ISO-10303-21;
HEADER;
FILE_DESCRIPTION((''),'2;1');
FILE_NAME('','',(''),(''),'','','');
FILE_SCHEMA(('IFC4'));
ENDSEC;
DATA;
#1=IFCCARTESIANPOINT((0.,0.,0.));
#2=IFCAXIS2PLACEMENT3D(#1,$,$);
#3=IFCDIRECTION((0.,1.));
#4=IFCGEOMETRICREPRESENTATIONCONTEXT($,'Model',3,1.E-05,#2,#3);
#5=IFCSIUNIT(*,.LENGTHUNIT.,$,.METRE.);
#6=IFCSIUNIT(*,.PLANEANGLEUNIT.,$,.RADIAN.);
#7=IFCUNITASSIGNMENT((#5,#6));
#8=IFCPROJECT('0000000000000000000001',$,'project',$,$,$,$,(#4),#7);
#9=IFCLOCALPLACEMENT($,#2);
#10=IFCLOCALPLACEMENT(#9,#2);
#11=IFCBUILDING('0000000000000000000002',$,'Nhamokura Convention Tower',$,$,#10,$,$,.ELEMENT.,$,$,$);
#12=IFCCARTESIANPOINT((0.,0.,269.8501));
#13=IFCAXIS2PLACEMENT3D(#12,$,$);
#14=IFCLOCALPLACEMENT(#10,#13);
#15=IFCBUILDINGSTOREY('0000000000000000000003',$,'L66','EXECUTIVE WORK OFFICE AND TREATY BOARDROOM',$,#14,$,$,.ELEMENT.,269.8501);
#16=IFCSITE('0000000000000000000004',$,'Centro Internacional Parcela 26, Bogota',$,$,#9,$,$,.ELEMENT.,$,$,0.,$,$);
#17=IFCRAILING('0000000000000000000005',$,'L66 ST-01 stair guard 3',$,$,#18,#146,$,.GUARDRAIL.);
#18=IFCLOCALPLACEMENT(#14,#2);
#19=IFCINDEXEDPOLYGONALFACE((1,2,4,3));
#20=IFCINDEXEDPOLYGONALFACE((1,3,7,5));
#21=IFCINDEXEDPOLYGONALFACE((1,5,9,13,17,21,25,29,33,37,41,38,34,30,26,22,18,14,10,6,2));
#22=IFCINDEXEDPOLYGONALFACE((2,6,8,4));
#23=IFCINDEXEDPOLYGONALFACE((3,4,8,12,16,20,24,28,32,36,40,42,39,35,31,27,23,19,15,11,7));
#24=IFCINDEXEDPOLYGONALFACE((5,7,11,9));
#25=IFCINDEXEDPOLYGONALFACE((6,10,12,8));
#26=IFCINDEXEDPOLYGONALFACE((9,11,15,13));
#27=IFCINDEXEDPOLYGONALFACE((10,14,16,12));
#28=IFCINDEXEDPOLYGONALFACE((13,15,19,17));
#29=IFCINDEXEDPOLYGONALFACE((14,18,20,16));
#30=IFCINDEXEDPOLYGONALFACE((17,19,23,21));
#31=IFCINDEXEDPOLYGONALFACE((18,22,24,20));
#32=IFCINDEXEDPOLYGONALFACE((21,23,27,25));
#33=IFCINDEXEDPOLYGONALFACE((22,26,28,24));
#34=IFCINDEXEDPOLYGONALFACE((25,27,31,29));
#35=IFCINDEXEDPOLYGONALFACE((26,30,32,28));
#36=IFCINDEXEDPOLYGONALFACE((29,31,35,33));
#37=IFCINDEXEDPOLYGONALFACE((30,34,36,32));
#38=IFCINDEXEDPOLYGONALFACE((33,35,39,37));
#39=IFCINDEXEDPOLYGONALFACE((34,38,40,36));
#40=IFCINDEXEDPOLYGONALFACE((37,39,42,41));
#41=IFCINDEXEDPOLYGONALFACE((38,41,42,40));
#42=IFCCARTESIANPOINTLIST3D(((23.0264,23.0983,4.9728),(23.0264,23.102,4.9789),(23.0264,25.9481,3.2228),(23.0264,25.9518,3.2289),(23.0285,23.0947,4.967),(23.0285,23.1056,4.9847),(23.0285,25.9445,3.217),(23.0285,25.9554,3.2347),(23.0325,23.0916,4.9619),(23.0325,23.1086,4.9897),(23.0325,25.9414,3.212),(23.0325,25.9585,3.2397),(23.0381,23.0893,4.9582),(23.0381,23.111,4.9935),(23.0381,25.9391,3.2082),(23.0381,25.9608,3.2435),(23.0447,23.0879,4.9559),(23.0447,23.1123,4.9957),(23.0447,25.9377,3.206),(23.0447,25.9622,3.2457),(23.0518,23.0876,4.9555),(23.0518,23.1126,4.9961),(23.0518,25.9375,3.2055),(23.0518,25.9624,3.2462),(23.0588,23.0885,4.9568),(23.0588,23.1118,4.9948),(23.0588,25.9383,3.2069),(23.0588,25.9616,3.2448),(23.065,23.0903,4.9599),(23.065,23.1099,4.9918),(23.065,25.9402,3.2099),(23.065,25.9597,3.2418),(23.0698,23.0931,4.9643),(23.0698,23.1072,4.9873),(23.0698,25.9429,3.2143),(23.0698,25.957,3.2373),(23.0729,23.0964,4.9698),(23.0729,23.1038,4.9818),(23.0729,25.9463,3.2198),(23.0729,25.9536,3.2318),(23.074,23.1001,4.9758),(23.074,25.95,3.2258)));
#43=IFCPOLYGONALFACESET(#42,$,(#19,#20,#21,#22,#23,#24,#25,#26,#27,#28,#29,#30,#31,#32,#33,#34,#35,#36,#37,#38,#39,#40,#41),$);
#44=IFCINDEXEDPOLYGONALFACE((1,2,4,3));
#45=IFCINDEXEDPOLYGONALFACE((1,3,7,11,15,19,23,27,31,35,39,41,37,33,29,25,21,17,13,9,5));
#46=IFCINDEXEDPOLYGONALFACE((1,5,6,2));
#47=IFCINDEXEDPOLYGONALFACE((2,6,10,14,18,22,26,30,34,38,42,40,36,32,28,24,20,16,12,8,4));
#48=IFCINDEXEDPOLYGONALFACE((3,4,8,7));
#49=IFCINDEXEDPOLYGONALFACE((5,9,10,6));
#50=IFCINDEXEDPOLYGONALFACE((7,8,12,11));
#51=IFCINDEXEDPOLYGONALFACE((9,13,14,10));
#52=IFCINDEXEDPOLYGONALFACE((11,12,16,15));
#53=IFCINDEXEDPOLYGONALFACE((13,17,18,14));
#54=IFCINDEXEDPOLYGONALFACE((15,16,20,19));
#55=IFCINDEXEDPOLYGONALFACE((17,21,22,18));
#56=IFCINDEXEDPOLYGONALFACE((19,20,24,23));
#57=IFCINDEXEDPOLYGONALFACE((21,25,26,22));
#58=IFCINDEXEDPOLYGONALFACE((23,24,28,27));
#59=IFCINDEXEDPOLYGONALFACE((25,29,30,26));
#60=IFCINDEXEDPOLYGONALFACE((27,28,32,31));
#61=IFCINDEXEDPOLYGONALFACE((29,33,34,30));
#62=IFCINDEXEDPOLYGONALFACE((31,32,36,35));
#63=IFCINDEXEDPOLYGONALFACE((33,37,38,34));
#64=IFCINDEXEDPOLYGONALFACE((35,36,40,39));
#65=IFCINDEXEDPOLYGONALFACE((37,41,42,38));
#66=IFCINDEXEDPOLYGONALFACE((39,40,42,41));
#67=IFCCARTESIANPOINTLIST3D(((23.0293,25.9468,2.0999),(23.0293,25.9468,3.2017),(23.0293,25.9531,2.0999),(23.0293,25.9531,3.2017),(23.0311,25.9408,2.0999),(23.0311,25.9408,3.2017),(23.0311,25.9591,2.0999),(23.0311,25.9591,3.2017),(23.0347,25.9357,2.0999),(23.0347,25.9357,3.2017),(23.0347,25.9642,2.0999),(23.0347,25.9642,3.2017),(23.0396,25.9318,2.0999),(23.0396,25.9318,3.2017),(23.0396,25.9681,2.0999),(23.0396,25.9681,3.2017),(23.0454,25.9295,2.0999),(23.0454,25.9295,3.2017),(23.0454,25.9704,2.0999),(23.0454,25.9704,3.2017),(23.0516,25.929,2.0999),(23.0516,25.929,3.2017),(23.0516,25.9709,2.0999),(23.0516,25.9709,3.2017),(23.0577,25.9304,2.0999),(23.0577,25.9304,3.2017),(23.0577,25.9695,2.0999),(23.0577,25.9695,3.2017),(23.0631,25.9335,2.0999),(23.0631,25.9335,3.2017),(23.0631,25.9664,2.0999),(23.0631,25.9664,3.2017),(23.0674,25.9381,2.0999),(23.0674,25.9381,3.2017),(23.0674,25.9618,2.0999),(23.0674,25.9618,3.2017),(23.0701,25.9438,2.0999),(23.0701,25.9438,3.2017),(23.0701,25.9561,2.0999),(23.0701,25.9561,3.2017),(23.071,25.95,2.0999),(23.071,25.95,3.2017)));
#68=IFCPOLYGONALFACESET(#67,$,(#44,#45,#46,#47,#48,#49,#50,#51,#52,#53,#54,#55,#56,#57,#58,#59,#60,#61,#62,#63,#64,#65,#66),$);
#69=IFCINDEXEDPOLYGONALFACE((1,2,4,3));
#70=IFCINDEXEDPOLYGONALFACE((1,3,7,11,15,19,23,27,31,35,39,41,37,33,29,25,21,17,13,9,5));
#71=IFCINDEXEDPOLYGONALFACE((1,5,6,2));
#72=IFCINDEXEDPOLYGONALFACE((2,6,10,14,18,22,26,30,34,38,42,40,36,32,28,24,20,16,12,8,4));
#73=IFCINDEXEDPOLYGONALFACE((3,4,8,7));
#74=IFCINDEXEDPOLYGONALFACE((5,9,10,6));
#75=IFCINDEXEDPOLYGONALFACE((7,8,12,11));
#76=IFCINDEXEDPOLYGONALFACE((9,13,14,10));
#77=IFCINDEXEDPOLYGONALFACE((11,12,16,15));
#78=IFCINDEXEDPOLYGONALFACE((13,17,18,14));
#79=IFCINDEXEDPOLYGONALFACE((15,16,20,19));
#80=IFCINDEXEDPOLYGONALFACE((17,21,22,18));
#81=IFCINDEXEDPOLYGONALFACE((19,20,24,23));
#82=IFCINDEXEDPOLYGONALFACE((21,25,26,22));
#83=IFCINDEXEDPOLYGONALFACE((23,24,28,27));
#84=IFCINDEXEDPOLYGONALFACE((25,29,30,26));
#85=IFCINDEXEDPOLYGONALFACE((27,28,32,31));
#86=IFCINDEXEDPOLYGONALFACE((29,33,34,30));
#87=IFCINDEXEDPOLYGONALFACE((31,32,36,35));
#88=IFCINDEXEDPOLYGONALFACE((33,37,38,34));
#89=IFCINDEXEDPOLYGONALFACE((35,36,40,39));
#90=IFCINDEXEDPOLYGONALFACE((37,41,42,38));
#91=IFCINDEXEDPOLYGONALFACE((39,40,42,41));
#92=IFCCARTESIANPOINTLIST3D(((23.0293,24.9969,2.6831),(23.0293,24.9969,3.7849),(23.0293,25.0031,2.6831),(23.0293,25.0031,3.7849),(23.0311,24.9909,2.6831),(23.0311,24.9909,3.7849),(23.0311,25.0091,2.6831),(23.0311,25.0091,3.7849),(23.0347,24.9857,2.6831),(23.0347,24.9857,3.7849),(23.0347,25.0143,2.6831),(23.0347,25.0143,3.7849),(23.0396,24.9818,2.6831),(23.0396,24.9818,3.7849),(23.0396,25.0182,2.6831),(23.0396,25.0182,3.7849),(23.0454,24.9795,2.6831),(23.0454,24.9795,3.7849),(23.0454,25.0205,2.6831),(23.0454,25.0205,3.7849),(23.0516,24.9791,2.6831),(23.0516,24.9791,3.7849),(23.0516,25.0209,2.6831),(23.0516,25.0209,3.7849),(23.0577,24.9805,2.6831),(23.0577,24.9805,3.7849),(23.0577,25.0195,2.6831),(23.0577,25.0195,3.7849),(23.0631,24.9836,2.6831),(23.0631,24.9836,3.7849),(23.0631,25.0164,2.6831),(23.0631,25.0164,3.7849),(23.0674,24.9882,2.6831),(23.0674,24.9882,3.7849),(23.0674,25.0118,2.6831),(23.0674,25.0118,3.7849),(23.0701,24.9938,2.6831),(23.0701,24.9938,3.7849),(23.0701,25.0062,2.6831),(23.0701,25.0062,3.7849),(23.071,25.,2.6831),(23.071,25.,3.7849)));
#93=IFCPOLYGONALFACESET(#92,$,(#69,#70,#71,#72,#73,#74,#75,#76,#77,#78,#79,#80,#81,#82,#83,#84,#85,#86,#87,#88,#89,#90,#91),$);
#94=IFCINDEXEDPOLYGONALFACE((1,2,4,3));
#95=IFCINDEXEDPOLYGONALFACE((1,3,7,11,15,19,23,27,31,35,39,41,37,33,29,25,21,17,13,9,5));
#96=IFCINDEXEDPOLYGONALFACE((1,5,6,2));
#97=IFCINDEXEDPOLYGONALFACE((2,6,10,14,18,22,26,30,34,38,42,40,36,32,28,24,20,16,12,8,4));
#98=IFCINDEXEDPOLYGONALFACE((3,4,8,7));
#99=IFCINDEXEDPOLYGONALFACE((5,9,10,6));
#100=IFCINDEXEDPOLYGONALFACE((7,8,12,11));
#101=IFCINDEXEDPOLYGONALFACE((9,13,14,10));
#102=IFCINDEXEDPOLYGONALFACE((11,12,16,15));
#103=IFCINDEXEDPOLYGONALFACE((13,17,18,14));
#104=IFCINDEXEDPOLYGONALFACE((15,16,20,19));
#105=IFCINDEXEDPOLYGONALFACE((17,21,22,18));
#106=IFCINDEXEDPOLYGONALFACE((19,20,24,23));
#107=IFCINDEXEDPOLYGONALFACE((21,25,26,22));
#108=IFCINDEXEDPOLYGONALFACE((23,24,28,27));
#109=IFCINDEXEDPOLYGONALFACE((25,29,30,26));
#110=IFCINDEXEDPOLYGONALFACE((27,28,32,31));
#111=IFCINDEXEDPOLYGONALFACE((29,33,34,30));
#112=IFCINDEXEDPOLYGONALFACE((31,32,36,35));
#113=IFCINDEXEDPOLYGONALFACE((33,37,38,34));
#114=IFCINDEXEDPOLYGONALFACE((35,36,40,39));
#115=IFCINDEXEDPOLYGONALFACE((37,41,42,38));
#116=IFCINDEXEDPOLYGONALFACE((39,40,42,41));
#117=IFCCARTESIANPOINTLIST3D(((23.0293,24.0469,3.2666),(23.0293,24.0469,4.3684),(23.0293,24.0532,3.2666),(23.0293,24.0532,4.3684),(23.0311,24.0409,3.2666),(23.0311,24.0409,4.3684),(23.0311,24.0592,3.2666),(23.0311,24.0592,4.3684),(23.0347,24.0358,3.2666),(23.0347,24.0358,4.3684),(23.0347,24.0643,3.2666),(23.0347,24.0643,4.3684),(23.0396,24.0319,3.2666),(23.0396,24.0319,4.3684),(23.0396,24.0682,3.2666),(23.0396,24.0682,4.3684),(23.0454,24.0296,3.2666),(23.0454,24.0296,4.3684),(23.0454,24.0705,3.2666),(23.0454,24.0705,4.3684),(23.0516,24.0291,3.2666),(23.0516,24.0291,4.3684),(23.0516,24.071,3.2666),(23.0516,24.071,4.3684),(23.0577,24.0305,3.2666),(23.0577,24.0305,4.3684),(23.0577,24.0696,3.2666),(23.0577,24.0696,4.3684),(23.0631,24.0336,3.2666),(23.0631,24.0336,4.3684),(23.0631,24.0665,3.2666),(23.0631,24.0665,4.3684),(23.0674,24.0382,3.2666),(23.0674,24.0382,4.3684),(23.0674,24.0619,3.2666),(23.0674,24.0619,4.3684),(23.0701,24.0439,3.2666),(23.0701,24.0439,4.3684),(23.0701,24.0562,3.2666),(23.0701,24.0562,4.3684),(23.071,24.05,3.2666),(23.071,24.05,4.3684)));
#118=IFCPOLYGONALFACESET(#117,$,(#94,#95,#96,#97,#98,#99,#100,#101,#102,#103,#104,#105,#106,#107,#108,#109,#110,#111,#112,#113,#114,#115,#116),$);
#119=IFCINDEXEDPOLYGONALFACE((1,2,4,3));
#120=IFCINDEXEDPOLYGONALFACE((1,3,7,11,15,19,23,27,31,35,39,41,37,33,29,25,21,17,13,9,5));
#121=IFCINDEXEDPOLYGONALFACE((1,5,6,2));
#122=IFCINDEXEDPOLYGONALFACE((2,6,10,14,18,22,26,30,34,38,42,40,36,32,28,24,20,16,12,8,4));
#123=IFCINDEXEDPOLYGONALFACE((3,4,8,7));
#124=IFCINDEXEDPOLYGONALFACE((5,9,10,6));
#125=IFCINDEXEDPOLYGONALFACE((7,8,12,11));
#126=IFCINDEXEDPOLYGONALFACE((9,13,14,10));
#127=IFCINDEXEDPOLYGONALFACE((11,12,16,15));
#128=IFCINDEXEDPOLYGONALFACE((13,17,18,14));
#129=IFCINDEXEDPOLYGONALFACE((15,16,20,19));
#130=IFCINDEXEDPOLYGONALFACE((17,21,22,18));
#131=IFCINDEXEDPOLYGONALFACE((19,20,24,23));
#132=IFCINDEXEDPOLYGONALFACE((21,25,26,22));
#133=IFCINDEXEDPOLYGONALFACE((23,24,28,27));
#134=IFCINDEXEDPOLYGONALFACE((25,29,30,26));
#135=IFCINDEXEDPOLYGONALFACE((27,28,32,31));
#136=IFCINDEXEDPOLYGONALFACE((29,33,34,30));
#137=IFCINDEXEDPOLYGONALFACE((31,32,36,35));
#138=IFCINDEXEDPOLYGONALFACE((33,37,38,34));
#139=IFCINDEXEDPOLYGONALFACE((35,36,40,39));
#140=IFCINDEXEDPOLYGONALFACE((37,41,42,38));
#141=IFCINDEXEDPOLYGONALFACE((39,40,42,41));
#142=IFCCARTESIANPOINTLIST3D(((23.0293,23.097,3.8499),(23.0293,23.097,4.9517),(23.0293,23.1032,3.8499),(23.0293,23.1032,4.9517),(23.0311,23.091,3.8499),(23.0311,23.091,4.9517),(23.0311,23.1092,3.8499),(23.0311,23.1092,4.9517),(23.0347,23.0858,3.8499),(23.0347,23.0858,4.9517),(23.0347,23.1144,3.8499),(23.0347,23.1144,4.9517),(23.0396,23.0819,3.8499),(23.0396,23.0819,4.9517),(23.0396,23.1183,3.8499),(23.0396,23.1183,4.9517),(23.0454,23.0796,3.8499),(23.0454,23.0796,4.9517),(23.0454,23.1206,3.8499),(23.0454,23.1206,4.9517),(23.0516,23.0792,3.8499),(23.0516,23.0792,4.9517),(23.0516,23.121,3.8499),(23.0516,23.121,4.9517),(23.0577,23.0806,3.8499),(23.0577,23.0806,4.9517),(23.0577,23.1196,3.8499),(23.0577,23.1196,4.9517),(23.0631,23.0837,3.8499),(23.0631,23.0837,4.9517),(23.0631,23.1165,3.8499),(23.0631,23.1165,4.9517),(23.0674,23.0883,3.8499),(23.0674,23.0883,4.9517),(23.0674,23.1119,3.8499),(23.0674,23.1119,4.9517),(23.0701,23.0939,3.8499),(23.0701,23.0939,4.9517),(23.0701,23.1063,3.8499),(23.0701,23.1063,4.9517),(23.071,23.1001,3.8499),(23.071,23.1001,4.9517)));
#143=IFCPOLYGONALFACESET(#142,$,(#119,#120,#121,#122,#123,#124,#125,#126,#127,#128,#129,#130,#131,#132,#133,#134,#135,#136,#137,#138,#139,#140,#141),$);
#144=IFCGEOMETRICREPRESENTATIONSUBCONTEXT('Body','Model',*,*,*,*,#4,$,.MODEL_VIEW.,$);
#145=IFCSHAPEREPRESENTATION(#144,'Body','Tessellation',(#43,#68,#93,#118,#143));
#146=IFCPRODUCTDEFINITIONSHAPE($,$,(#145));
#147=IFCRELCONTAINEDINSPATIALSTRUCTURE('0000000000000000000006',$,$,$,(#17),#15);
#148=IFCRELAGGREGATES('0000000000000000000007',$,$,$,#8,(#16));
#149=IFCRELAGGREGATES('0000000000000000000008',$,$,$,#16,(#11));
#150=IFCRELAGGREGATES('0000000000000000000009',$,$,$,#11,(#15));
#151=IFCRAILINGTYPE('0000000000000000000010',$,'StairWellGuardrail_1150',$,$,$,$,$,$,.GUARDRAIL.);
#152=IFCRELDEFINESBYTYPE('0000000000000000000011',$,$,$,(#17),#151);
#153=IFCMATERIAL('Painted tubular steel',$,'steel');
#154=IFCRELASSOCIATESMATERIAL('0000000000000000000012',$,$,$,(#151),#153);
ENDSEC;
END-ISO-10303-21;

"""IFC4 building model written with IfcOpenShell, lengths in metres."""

from ifc_helpers import new_model, si_unit, direction, frame, origin, origin_2d, place, context, subcontext, project, spatial, circle, extrude, material, type_object, element, save


model = new_model("IFC4")

# Units and contexts
model_context = context("Model", 3, precision=1e-05, world=origin(), true_north=direction((0.0, 1.0)))
body_context = subcontext(model_context, "Body", "Model", "MODEL_VIEW")
ifc_project = project(units=[si_unit("LENGTHUNIT", "METRE"), si_unit("PLANEANGLEUNIT", "RADIAN")], contexts=[model_context])

# Site, building, storey
site_placement = place(None, origin())
site = spatial("IfcSite", under=ifc_project, at=site_placement, Name="Centro Internacional Parcela 26, Bogota", CompositionType="ELEMENT", RefElevation=0.0)
building_placement = place(site_placement, origin())
building = spatial("IfcBuilding", under=site, at=building_placement, Name="Nhamokura Convention Tower", CompositionType="ELEMENT")
storey_placement = place(building_placement, frame((0.0, 0.0, 269.8501)))
storey = spatial("IfcBuildingStorey", under=building, at=storey_placement, Name="L66", Description="EXECUTIVE WORK OFFICE AND TREATY BOARDROOM", CompositionType="ELEMENT", Elevation=269.8501)

# Railing
ifc_material_1 = material(Name="Painted tubular steel", Category="steel")
railing_type_1 = type_object("IfcRailingType", Name="StairWellGuardrail_1150", PredefinedType="GUARDRAIL", material=ifc_material_1)
railing_1_placement = place(storey_placement, frame((23.05, 25.95, 2.0999)))
element("IfcRailing", 1, at=railing_1_placement, inside=storey, type_object=railing_type_1, Name="L66 ST-01 stair guard 3", PredefinedType="GUARDRAIL", context=body_context, shape_type="SweptSolid", body=[
    extrude(circle(Radius=0.0239, at=origin_2d()), frame((0.0, 0.0, 1.126), z_axis=(0.0, -0.852159, 0.523283), x_axis=(1.0, 0.0, 0.0)), (0.0, 0.0, 1.0), 3.3442),
    extrude(circle(Radius=0.021, at=origin_2d()), origin(), (0.0, 0.0, 1.0), 1.1018),
    extrude(circle(Radius=0.021, at=origin_2d()), frame((0.0, -0.95, 0.5833)), (0.0, 0.0, 1.0), 1.1018),
    extrude(circle(Radius=0.021, at=origin_2d()), frame((0.0, -1.8999, 1.1667)), (0.0, 0.0, 1.0), 1.1018),
    extrude(circle(Radius=0.021, at=origin_2d()), frame((0.0, -2.8499, 1.75)), (0.0, 0.0, 1.0), 1.1018),
])

save(model, "model.ifc")
